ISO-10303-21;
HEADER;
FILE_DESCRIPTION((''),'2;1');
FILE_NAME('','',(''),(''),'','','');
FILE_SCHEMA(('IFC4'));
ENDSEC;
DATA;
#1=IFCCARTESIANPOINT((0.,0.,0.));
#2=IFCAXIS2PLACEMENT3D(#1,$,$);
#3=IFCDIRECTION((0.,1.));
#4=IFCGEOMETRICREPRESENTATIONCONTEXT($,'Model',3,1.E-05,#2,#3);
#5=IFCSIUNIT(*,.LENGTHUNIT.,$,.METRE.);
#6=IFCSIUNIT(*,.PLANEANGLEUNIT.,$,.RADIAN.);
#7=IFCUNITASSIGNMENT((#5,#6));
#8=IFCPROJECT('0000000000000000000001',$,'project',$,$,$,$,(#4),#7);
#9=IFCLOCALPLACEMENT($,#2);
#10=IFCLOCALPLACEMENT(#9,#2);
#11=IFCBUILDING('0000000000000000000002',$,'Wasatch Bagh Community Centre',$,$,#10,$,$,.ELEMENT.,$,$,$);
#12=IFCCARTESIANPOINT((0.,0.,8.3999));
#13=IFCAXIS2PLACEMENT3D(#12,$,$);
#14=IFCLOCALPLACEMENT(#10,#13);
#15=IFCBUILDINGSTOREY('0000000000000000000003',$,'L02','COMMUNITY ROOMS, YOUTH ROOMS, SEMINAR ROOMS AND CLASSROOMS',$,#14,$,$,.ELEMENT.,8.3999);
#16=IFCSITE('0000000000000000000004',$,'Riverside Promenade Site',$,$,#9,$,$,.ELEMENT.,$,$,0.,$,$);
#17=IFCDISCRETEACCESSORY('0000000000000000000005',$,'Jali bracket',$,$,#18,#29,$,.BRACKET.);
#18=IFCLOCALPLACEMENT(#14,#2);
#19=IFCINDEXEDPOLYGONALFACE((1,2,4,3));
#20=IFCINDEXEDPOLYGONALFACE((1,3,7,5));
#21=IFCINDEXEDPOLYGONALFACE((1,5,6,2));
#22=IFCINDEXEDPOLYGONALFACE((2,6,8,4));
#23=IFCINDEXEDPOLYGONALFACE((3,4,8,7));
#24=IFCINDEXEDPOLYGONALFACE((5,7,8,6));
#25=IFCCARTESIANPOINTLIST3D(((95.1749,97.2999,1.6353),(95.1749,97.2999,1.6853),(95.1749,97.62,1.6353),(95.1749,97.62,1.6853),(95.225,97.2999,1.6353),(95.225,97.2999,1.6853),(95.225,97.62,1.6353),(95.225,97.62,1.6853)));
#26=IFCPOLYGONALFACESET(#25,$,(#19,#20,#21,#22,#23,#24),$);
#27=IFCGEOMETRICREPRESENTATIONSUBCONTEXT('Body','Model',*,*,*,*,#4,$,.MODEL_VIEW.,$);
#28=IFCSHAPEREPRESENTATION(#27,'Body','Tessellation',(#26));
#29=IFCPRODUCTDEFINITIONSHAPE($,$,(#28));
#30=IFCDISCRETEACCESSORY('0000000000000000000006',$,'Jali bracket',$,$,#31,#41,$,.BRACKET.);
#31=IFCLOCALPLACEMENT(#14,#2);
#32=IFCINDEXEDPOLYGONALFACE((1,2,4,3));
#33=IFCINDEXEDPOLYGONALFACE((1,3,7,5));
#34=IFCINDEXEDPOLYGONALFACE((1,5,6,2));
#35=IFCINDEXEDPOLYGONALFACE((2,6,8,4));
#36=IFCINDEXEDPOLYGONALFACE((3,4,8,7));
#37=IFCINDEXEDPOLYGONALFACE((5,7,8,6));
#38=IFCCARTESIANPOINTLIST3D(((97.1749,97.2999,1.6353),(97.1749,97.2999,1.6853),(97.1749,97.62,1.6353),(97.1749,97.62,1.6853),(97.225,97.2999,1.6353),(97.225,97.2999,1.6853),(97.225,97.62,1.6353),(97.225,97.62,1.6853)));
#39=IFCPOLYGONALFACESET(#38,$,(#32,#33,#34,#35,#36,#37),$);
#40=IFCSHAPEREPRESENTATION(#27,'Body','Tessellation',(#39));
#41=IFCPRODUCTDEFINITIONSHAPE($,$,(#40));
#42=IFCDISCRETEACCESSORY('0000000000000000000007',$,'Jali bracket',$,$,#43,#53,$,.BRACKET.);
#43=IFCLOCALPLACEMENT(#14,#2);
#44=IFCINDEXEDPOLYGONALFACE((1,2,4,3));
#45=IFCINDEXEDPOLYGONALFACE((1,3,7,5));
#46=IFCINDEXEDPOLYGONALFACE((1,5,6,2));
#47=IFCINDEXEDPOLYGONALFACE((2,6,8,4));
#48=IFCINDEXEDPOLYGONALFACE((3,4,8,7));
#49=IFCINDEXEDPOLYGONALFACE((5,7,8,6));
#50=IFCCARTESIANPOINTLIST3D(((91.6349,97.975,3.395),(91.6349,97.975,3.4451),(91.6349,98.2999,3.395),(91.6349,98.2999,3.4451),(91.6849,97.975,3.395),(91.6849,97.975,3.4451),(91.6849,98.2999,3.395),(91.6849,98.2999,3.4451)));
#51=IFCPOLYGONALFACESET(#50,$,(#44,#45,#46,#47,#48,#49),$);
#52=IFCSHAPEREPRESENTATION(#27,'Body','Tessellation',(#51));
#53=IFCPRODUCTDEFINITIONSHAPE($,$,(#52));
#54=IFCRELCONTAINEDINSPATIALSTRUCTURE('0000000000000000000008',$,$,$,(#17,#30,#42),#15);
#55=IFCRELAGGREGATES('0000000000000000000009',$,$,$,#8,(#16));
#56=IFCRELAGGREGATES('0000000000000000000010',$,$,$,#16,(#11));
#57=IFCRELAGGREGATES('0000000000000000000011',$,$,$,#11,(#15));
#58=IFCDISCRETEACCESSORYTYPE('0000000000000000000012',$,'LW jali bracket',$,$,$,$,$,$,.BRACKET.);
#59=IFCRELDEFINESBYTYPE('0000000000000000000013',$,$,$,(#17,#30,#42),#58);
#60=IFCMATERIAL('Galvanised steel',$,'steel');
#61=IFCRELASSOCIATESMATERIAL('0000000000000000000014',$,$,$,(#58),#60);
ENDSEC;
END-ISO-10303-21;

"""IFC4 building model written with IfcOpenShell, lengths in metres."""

from ifc_helpers import new_model, si_unit, direction, frame, origin, origin_2d, place, context, subcontext, project, spatial, rectangle, extrude, material, type_object, element, save


model = new_model("IFC4")

# Units and contexts
model_context = context("Model", 3, precision=1e-05, world=origin(), true_north=direction((0.0, 1.0)))
body_context = subcontext(model_context, "Body", "Model", "MODEL_VIEW")
ifc_project = project(units=[si_unit("LENGTHUNIT", "METRE"), si_unit("PLANEANGLEUNIT", "RADIAN")], contexts=[model_context])

# Site, building, storey
site_placement = place(None, origin())
site = spatial("IfcSite", under=ifc_project, at=site_placement, Name="Riverside Promenade Site", CompositionType="ELEMENT", RefElevation=0.0)
building_placement = place(site_placement, origin())
building = spatial("IfcBuilding", under=site, at=building_placement, Name="Wasatch Bagh Community Centre", CompositionType="ELEMENT")
storey_placement = place(building_placement, frame((0.0, 0.0, 8.3999)))
storey = spatial("IfcBuildingStorey", under=building, at=storey_placement, Name="L02", Description="COMMUNITY ROOMS, YOUTH ROOMS, SEMINAR ROOMS AND CLASSROOMS", CompositionType="ELEMENT", Elevation=8.3999)

# Discrete accessories
ifc_material_1 = material(Name="Galvanised steel", Category="steel")
discrete_accessory_type = type_object("IfcDiscreteAccessoryType", Name="LW jali bracket", PredefinedType="BRACKET", material=ifc_material_1)
for number, where, z_axis, x_axis, name in (
    (1, (95.2, 97.46, 1.6353), (0.0, 0.0, 1.0), (1.0, 0.0, 0.0), "Jali bracket"),
    (2, (97.2, 97.46, 1.6353), (0.0, 0.0, 1.0), (1.0, 0.0, 0.0), "Jali bracket"),
):
    element("IfcDiscreteAccessory", number, at=place(storey_placement, frame(where, z_axis=z_axis, x_axis=x_axis)), inside=storey, type_object=discrete_accessory_type, Name=name, PredefinedType="BRACKET", context=body_context, shape_type="SweptSolid", body=[
        extrude(rectangle(XDim=0.05, YDim=0.3201, at=origin_2d()), origin(), (0.0, 0.0, 1.0), 0.05),
    ])
discrete_accessory_placement = place(storey_placement, frame((91.6599, 98.1375, 3.395), z_axis=(0.0, 0.0, 1.0), x_axis=(1.0, 0.0, 0.0)))
element("IfcDiscreteAccessory", 3, at=discrete_accessory_placement, inside=storey, type_object=discrete_accessory_type, Name="Jali bracket", PredefinedType="BRACKET", context=body_context, shape_type="SweptSolid", body=[
    extrude(rectangle(XDim=0.05, YDim=0.325, at=origin_2d()), origin(), (0.0, 0.0, 1.0), 0.05),
])

save(model, "model.ifc")
